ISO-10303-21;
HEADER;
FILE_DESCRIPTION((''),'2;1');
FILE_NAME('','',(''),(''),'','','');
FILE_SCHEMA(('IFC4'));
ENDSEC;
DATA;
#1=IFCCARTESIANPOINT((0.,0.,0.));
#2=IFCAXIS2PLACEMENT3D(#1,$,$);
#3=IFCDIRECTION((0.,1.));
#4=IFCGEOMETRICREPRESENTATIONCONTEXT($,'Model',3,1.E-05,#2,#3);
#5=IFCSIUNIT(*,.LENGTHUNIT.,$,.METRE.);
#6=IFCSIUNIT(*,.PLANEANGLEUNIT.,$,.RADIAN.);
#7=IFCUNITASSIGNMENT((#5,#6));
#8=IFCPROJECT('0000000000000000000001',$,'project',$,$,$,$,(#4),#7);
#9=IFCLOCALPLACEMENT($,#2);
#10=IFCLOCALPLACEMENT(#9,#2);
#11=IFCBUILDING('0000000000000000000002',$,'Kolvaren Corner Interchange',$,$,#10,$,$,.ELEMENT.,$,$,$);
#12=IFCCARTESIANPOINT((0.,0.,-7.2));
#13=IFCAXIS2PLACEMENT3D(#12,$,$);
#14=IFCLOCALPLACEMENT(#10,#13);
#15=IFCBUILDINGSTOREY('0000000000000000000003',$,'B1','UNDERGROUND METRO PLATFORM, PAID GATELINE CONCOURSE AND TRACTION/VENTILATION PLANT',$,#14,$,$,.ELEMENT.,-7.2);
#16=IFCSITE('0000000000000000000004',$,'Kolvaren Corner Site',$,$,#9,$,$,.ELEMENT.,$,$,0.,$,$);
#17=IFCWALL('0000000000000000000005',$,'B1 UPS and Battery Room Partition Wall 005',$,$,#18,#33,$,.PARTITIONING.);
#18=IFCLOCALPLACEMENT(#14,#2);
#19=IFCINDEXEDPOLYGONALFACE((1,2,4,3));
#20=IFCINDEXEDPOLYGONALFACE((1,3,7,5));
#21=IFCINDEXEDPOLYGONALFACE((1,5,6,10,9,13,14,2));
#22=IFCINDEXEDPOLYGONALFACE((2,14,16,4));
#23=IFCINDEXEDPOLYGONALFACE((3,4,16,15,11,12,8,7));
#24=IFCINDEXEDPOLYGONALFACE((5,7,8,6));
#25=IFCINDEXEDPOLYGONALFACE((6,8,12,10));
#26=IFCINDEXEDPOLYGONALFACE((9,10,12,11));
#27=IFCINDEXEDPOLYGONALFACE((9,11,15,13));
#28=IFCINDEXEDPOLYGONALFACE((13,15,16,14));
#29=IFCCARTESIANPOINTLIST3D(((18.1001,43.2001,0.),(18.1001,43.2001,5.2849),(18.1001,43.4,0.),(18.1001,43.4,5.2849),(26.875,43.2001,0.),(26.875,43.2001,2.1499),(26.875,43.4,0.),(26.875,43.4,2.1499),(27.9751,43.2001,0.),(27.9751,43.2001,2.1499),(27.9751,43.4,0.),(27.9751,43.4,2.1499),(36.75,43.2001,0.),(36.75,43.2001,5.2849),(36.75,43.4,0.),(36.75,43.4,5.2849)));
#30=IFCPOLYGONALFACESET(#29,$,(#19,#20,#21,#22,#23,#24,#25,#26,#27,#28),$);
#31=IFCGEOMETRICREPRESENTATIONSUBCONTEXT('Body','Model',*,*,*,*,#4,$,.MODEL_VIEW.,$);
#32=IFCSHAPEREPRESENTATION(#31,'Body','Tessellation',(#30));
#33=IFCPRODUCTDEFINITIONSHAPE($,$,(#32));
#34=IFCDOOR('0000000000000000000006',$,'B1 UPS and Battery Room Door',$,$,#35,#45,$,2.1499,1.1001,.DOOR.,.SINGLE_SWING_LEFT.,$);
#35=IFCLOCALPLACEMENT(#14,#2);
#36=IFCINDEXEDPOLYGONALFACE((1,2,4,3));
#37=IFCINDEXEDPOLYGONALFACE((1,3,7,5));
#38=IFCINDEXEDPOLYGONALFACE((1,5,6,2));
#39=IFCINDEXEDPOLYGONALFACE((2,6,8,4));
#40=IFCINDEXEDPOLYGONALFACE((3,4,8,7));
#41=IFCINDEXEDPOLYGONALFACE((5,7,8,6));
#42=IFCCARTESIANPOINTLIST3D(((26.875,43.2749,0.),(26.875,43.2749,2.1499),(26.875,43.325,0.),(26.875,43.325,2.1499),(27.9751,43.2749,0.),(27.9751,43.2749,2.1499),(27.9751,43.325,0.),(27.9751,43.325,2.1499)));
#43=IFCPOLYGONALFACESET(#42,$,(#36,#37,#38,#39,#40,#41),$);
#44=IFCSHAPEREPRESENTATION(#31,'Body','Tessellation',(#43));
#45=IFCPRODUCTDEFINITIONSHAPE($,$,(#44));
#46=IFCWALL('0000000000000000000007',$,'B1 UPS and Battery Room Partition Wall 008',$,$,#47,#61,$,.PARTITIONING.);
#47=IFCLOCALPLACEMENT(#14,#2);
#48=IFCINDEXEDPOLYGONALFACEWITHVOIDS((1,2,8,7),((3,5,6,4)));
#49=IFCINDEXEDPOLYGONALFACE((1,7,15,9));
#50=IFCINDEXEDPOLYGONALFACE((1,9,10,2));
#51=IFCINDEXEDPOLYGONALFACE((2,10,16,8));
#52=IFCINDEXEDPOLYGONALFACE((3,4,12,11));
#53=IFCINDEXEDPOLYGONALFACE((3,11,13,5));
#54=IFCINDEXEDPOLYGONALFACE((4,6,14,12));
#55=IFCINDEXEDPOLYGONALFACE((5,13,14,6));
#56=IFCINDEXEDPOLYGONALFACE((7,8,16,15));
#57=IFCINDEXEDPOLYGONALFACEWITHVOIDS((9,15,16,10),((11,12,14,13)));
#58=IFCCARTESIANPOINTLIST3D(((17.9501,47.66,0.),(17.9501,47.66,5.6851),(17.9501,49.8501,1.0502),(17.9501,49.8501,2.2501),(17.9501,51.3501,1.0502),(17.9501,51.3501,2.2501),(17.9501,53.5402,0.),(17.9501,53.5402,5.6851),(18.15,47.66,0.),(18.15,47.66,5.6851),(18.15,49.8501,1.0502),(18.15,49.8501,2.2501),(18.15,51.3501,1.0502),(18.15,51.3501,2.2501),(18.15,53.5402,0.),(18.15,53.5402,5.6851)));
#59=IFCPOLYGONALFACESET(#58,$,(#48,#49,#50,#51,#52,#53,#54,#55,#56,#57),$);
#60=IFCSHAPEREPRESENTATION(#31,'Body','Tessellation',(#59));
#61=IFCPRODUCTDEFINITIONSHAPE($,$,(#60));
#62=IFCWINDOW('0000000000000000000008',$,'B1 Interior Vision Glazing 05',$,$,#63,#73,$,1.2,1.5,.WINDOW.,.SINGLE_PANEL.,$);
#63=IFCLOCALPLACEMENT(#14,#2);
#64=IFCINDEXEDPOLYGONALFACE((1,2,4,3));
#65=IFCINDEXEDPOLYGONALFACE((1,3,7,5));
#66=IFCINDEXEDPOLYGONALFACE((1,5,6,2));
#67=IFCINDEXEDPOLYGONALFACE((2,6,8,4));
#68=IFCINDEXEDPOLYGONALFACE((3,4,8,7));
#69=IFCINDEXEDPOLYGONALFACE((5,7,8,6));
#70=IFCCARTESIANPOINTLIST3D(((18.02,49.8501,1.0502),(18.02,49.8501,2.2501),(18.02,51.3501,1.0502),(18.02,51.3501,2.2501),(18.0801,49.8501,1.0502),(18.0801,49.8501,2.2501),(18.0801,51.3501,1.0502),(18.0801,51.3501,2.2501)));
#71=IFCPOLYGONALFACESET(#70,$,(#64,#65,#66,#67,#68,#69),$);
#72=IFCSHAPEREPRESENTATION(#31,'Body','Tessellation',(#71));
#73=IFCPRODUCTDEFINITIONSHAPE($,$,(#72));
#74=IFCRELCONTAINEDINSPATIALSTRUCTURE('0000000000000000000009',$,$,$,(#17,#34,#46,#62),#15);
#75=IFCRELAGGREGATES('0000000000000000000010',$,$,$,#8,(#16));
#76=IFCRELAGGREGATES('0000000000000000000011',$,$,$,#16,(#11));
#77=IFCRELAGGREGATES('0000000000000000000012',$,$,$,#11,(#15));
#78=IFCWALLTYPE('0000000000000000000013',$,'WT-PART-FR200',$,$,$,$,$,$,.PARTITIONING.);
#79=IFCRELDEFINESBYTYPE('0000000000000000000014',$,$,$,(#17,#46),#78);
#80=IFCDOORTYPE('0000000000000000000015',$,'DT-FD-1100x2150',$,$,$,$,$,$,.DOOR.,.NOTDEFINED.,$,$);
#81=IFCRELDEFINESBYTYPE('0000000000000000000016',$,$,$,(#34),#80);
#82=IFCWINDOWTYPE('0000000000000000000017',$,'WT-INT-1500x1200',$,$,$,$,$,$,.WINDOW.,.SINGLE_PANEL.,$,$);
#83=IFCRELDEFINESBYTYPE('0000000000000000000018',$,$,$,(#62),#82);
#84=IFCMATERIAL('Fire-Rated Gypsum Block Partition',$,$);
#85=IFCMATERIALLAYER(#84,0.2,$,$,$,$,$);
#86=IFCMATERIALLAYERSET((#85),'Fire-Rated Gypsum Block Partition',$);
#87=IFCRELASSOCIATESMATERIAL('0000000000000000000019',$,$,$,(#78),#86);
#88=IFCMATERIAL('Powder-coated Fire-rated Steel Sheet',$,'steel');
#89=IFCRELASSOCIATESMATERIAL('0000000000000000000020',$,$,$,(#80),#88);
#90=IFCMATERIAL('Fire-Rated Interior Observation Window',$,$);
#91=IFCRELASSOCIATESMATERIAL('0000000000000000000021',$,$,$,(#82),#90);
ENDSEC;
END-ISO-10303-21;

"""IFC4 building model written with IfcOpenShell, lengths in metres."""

from ifc_helpers import new_model, si_unit, direction, frame, frame_2d, origin, place, context, subcontext, project, spatial, rectangle, extrude, material, layer, layer_set, type_object, element, fill, save


model = new_model("IFC4")

# Units and contexts
model_context = context("Model", 3, precision=1e-05, world=origin(), true_north=direction((0.0, 1.0)))
body_context = subcontext(model_context, "Body", "Model", "MODEL_VIEW")
ifc_project = project(units=[si_unit("LENGTHUNIT", "METRE"), si_unit("PLANEANGLEUNIT", "RADIAN")], contexts=[model_context])

# Site, building, storey
site_placement = place(None, origin())
site = spatial("IfcSite", under=ifc_project, at=site_placement, Name="Kolvaren Corner Site", CompositionType="ELEMENT", RefElevation=0.0)
building_placement = place(site_placement, origin())
building = spatial("IfcBuilding", under=site, at=building_placement, Name="Kolvaren Corner Interchange", CompositionType="ELEMENT")
storey_placement = place(building_placement, frame((0.0, 0.0, -7.2)))
storey = spatial("IfcBuildingStorey", under=building, at=storey_placement, Name="B1", Description="UNDERGROUND METRO PLATFORM, PAID GATELINE CONCOURSE AND TRACTION/VENTILATION PLANT", CompositionType="ELEMENT", Elevation=-7.2)

# Wall, opening, door
ifc_material_1 = material(Name="Fire-Rated Gypsum Block Partition")
ifc_layer = layer(ifc_material_1, 0.2)
ifc_layer_set = layer_set([ifc_layer], Name="Fire-Rated Gypsum Block Partition")
wall_type = type_object("IfcWallType", Name="WT-PART-FR200", PredefinedType="PARTITIONING", material=ifc_layer_set)
wall_1_placement = place(storey_placement, frame((18.1001, 43.3, 0.0), z_axis=(0.0, 0.0, 1.0), x_axis=(1.0, 0.0, 0.0)))
wall_1 = element("IfcWall", 1, at=wall_1_placement, inside=storey, type_object=wall_type, Name="B1 UPS and Battery Room Partition Wall 005", PredefinedType="PARTITIONING", context=body_context, shape_type="SweptSolid", body=[
    extrude(rectangle(XDim=18.6499, YDim=0.2, at=frame_2d((9.325, 0.0))), origin(), (0.0, 0.0, 1.0), 5.2849),
])
opening_1_placement = place(wall_1_placement, frame((8.7749, 0.0, 0.0)))
opening_1 = element("IfcOpeningElement", 2, at=opening_1_placement, cuts=wall_1, PredefinedType="OPENING", context=body_context, shape_type="SweptSolid", body=[
    extrude(rectangle(XDim=1.1001, YDim=2.1499, at=frame_2d((0.55, 1.075))), frame((0.0, 0.1099, 0.0), z_axis=(0.0, -1.0, 0.0), x_axis=(1.0, 0.0, 0.0)), (0.0, 0.0, 1.0), 0.22),
])
ifc_material_2 = material(Name="Powder-coated Fire-rated Steel Sheet", Category="steel")
door_type = type_object("IfcDoorType", Name="DT-FD-1100x2150", OperationType="NOTDEFINED", PredefinedType="DOOR", material=ifc_material_2)
door_placement = place(opening_1_placement, origin())
door = element("IfcDoor", 3, at=door_placement, inside=storey, type_object=door_type, Name="B1 UPS and Battery Room Door", OperationType="SINGLE_SWING_LEFT", OverallHeight=2.1499, OverallWidth=1.1001, PredefinedType="DOOR", context=body_context, shape_type="SweptSolid", body=[
    extrude(rectangle(XDim=1.1001, YDim=2.1499, at=frame_2d((0.55, 1.075))), frame((0.0, 0.0249, 0.0), z_axis=(0.0, -1.0, 0.0), x_axis=(1.0, 0.0, 0.0)), (0.0, 0.0, 1.0), 0.05),
])
fill(opening_1, door)

# Wall, opening, window
wall_2_placement = place(storey_placement, frame((18.05, 53.54, 0.0), z_axis=(0.0, 0.0, 1.0), x_axis=(0.0, -1.0, 0.0)))
wall_2 = element("IfcWall", 4, at=wall_2_placement, inside=storey, type_object=wall_type, Name="B1 UPS and Battery Room Partition Wall 008", PredefinedType="PARTITIONING", context=body_context, shape_type="SweptSolid", body=[
    extrude(rectangle(XDim=5.8801, YDim=0.2, at=frame_2d((2.9399, 0.0))), origin(), (0.0, 0.0, 1.0), 5.6851),
])
opening_2_placement = place(wall_2_placement, frame((2.1899, 0.0, 1.05)))
opening_2 = element("IfcOpeningElement", 5, at=opening_2_placement, cuts=wall_2, PredefinedType="OPENING", context=body_context, shape_type="SweptSolid", body=[
    extrude(rectangle(XDim=1.5, YDim=1.2, at=frame_2d((0.75, 0.6001))), frame((0.0, 0.1099, 0.0), z_axis=(0.0, -1.0, 0.0), x_axis=(1.0, 0.0, 0.0)), (0.0, 0.0, 1.0), 0.22),
])
ifc_material_3 = material(Name="Fire-Rated Interior Observation Window")
window_type = type_object("IfcWindowType", Name="WT-INT-1500x1200", PartitioningType="SINGLE_PANEL", PredefinedType="WINDOW", material=ifc_material_3)
window_placement = place(opening_2_placement, origin())
window = element("IfcWindow", 6, at=window_placement, inside=storey, type_object=window_type, Name="B1 Interior Vision Glazing 05", OverallHeight=1.2, OverallWidth=1.5, PartitioningType="SINGLE_PANEL", PredefinedType="WINDOW", context=body_context, shape_type="SweptSolid", body=[
    extrude(rectangle(XDim=1.5, YDim=1.2, at=frame_2d((0.75, 0.6001))), frame((0.0, 0.03, 0.0), z_axis=(0.0, -1.0, 0.0), x_axis=(1.0, 0.0, 0.0)), (0.0, 0.0, 1.0), 0.0601),
])
fill(opening_2, window)

save(model, "model.ifc")
